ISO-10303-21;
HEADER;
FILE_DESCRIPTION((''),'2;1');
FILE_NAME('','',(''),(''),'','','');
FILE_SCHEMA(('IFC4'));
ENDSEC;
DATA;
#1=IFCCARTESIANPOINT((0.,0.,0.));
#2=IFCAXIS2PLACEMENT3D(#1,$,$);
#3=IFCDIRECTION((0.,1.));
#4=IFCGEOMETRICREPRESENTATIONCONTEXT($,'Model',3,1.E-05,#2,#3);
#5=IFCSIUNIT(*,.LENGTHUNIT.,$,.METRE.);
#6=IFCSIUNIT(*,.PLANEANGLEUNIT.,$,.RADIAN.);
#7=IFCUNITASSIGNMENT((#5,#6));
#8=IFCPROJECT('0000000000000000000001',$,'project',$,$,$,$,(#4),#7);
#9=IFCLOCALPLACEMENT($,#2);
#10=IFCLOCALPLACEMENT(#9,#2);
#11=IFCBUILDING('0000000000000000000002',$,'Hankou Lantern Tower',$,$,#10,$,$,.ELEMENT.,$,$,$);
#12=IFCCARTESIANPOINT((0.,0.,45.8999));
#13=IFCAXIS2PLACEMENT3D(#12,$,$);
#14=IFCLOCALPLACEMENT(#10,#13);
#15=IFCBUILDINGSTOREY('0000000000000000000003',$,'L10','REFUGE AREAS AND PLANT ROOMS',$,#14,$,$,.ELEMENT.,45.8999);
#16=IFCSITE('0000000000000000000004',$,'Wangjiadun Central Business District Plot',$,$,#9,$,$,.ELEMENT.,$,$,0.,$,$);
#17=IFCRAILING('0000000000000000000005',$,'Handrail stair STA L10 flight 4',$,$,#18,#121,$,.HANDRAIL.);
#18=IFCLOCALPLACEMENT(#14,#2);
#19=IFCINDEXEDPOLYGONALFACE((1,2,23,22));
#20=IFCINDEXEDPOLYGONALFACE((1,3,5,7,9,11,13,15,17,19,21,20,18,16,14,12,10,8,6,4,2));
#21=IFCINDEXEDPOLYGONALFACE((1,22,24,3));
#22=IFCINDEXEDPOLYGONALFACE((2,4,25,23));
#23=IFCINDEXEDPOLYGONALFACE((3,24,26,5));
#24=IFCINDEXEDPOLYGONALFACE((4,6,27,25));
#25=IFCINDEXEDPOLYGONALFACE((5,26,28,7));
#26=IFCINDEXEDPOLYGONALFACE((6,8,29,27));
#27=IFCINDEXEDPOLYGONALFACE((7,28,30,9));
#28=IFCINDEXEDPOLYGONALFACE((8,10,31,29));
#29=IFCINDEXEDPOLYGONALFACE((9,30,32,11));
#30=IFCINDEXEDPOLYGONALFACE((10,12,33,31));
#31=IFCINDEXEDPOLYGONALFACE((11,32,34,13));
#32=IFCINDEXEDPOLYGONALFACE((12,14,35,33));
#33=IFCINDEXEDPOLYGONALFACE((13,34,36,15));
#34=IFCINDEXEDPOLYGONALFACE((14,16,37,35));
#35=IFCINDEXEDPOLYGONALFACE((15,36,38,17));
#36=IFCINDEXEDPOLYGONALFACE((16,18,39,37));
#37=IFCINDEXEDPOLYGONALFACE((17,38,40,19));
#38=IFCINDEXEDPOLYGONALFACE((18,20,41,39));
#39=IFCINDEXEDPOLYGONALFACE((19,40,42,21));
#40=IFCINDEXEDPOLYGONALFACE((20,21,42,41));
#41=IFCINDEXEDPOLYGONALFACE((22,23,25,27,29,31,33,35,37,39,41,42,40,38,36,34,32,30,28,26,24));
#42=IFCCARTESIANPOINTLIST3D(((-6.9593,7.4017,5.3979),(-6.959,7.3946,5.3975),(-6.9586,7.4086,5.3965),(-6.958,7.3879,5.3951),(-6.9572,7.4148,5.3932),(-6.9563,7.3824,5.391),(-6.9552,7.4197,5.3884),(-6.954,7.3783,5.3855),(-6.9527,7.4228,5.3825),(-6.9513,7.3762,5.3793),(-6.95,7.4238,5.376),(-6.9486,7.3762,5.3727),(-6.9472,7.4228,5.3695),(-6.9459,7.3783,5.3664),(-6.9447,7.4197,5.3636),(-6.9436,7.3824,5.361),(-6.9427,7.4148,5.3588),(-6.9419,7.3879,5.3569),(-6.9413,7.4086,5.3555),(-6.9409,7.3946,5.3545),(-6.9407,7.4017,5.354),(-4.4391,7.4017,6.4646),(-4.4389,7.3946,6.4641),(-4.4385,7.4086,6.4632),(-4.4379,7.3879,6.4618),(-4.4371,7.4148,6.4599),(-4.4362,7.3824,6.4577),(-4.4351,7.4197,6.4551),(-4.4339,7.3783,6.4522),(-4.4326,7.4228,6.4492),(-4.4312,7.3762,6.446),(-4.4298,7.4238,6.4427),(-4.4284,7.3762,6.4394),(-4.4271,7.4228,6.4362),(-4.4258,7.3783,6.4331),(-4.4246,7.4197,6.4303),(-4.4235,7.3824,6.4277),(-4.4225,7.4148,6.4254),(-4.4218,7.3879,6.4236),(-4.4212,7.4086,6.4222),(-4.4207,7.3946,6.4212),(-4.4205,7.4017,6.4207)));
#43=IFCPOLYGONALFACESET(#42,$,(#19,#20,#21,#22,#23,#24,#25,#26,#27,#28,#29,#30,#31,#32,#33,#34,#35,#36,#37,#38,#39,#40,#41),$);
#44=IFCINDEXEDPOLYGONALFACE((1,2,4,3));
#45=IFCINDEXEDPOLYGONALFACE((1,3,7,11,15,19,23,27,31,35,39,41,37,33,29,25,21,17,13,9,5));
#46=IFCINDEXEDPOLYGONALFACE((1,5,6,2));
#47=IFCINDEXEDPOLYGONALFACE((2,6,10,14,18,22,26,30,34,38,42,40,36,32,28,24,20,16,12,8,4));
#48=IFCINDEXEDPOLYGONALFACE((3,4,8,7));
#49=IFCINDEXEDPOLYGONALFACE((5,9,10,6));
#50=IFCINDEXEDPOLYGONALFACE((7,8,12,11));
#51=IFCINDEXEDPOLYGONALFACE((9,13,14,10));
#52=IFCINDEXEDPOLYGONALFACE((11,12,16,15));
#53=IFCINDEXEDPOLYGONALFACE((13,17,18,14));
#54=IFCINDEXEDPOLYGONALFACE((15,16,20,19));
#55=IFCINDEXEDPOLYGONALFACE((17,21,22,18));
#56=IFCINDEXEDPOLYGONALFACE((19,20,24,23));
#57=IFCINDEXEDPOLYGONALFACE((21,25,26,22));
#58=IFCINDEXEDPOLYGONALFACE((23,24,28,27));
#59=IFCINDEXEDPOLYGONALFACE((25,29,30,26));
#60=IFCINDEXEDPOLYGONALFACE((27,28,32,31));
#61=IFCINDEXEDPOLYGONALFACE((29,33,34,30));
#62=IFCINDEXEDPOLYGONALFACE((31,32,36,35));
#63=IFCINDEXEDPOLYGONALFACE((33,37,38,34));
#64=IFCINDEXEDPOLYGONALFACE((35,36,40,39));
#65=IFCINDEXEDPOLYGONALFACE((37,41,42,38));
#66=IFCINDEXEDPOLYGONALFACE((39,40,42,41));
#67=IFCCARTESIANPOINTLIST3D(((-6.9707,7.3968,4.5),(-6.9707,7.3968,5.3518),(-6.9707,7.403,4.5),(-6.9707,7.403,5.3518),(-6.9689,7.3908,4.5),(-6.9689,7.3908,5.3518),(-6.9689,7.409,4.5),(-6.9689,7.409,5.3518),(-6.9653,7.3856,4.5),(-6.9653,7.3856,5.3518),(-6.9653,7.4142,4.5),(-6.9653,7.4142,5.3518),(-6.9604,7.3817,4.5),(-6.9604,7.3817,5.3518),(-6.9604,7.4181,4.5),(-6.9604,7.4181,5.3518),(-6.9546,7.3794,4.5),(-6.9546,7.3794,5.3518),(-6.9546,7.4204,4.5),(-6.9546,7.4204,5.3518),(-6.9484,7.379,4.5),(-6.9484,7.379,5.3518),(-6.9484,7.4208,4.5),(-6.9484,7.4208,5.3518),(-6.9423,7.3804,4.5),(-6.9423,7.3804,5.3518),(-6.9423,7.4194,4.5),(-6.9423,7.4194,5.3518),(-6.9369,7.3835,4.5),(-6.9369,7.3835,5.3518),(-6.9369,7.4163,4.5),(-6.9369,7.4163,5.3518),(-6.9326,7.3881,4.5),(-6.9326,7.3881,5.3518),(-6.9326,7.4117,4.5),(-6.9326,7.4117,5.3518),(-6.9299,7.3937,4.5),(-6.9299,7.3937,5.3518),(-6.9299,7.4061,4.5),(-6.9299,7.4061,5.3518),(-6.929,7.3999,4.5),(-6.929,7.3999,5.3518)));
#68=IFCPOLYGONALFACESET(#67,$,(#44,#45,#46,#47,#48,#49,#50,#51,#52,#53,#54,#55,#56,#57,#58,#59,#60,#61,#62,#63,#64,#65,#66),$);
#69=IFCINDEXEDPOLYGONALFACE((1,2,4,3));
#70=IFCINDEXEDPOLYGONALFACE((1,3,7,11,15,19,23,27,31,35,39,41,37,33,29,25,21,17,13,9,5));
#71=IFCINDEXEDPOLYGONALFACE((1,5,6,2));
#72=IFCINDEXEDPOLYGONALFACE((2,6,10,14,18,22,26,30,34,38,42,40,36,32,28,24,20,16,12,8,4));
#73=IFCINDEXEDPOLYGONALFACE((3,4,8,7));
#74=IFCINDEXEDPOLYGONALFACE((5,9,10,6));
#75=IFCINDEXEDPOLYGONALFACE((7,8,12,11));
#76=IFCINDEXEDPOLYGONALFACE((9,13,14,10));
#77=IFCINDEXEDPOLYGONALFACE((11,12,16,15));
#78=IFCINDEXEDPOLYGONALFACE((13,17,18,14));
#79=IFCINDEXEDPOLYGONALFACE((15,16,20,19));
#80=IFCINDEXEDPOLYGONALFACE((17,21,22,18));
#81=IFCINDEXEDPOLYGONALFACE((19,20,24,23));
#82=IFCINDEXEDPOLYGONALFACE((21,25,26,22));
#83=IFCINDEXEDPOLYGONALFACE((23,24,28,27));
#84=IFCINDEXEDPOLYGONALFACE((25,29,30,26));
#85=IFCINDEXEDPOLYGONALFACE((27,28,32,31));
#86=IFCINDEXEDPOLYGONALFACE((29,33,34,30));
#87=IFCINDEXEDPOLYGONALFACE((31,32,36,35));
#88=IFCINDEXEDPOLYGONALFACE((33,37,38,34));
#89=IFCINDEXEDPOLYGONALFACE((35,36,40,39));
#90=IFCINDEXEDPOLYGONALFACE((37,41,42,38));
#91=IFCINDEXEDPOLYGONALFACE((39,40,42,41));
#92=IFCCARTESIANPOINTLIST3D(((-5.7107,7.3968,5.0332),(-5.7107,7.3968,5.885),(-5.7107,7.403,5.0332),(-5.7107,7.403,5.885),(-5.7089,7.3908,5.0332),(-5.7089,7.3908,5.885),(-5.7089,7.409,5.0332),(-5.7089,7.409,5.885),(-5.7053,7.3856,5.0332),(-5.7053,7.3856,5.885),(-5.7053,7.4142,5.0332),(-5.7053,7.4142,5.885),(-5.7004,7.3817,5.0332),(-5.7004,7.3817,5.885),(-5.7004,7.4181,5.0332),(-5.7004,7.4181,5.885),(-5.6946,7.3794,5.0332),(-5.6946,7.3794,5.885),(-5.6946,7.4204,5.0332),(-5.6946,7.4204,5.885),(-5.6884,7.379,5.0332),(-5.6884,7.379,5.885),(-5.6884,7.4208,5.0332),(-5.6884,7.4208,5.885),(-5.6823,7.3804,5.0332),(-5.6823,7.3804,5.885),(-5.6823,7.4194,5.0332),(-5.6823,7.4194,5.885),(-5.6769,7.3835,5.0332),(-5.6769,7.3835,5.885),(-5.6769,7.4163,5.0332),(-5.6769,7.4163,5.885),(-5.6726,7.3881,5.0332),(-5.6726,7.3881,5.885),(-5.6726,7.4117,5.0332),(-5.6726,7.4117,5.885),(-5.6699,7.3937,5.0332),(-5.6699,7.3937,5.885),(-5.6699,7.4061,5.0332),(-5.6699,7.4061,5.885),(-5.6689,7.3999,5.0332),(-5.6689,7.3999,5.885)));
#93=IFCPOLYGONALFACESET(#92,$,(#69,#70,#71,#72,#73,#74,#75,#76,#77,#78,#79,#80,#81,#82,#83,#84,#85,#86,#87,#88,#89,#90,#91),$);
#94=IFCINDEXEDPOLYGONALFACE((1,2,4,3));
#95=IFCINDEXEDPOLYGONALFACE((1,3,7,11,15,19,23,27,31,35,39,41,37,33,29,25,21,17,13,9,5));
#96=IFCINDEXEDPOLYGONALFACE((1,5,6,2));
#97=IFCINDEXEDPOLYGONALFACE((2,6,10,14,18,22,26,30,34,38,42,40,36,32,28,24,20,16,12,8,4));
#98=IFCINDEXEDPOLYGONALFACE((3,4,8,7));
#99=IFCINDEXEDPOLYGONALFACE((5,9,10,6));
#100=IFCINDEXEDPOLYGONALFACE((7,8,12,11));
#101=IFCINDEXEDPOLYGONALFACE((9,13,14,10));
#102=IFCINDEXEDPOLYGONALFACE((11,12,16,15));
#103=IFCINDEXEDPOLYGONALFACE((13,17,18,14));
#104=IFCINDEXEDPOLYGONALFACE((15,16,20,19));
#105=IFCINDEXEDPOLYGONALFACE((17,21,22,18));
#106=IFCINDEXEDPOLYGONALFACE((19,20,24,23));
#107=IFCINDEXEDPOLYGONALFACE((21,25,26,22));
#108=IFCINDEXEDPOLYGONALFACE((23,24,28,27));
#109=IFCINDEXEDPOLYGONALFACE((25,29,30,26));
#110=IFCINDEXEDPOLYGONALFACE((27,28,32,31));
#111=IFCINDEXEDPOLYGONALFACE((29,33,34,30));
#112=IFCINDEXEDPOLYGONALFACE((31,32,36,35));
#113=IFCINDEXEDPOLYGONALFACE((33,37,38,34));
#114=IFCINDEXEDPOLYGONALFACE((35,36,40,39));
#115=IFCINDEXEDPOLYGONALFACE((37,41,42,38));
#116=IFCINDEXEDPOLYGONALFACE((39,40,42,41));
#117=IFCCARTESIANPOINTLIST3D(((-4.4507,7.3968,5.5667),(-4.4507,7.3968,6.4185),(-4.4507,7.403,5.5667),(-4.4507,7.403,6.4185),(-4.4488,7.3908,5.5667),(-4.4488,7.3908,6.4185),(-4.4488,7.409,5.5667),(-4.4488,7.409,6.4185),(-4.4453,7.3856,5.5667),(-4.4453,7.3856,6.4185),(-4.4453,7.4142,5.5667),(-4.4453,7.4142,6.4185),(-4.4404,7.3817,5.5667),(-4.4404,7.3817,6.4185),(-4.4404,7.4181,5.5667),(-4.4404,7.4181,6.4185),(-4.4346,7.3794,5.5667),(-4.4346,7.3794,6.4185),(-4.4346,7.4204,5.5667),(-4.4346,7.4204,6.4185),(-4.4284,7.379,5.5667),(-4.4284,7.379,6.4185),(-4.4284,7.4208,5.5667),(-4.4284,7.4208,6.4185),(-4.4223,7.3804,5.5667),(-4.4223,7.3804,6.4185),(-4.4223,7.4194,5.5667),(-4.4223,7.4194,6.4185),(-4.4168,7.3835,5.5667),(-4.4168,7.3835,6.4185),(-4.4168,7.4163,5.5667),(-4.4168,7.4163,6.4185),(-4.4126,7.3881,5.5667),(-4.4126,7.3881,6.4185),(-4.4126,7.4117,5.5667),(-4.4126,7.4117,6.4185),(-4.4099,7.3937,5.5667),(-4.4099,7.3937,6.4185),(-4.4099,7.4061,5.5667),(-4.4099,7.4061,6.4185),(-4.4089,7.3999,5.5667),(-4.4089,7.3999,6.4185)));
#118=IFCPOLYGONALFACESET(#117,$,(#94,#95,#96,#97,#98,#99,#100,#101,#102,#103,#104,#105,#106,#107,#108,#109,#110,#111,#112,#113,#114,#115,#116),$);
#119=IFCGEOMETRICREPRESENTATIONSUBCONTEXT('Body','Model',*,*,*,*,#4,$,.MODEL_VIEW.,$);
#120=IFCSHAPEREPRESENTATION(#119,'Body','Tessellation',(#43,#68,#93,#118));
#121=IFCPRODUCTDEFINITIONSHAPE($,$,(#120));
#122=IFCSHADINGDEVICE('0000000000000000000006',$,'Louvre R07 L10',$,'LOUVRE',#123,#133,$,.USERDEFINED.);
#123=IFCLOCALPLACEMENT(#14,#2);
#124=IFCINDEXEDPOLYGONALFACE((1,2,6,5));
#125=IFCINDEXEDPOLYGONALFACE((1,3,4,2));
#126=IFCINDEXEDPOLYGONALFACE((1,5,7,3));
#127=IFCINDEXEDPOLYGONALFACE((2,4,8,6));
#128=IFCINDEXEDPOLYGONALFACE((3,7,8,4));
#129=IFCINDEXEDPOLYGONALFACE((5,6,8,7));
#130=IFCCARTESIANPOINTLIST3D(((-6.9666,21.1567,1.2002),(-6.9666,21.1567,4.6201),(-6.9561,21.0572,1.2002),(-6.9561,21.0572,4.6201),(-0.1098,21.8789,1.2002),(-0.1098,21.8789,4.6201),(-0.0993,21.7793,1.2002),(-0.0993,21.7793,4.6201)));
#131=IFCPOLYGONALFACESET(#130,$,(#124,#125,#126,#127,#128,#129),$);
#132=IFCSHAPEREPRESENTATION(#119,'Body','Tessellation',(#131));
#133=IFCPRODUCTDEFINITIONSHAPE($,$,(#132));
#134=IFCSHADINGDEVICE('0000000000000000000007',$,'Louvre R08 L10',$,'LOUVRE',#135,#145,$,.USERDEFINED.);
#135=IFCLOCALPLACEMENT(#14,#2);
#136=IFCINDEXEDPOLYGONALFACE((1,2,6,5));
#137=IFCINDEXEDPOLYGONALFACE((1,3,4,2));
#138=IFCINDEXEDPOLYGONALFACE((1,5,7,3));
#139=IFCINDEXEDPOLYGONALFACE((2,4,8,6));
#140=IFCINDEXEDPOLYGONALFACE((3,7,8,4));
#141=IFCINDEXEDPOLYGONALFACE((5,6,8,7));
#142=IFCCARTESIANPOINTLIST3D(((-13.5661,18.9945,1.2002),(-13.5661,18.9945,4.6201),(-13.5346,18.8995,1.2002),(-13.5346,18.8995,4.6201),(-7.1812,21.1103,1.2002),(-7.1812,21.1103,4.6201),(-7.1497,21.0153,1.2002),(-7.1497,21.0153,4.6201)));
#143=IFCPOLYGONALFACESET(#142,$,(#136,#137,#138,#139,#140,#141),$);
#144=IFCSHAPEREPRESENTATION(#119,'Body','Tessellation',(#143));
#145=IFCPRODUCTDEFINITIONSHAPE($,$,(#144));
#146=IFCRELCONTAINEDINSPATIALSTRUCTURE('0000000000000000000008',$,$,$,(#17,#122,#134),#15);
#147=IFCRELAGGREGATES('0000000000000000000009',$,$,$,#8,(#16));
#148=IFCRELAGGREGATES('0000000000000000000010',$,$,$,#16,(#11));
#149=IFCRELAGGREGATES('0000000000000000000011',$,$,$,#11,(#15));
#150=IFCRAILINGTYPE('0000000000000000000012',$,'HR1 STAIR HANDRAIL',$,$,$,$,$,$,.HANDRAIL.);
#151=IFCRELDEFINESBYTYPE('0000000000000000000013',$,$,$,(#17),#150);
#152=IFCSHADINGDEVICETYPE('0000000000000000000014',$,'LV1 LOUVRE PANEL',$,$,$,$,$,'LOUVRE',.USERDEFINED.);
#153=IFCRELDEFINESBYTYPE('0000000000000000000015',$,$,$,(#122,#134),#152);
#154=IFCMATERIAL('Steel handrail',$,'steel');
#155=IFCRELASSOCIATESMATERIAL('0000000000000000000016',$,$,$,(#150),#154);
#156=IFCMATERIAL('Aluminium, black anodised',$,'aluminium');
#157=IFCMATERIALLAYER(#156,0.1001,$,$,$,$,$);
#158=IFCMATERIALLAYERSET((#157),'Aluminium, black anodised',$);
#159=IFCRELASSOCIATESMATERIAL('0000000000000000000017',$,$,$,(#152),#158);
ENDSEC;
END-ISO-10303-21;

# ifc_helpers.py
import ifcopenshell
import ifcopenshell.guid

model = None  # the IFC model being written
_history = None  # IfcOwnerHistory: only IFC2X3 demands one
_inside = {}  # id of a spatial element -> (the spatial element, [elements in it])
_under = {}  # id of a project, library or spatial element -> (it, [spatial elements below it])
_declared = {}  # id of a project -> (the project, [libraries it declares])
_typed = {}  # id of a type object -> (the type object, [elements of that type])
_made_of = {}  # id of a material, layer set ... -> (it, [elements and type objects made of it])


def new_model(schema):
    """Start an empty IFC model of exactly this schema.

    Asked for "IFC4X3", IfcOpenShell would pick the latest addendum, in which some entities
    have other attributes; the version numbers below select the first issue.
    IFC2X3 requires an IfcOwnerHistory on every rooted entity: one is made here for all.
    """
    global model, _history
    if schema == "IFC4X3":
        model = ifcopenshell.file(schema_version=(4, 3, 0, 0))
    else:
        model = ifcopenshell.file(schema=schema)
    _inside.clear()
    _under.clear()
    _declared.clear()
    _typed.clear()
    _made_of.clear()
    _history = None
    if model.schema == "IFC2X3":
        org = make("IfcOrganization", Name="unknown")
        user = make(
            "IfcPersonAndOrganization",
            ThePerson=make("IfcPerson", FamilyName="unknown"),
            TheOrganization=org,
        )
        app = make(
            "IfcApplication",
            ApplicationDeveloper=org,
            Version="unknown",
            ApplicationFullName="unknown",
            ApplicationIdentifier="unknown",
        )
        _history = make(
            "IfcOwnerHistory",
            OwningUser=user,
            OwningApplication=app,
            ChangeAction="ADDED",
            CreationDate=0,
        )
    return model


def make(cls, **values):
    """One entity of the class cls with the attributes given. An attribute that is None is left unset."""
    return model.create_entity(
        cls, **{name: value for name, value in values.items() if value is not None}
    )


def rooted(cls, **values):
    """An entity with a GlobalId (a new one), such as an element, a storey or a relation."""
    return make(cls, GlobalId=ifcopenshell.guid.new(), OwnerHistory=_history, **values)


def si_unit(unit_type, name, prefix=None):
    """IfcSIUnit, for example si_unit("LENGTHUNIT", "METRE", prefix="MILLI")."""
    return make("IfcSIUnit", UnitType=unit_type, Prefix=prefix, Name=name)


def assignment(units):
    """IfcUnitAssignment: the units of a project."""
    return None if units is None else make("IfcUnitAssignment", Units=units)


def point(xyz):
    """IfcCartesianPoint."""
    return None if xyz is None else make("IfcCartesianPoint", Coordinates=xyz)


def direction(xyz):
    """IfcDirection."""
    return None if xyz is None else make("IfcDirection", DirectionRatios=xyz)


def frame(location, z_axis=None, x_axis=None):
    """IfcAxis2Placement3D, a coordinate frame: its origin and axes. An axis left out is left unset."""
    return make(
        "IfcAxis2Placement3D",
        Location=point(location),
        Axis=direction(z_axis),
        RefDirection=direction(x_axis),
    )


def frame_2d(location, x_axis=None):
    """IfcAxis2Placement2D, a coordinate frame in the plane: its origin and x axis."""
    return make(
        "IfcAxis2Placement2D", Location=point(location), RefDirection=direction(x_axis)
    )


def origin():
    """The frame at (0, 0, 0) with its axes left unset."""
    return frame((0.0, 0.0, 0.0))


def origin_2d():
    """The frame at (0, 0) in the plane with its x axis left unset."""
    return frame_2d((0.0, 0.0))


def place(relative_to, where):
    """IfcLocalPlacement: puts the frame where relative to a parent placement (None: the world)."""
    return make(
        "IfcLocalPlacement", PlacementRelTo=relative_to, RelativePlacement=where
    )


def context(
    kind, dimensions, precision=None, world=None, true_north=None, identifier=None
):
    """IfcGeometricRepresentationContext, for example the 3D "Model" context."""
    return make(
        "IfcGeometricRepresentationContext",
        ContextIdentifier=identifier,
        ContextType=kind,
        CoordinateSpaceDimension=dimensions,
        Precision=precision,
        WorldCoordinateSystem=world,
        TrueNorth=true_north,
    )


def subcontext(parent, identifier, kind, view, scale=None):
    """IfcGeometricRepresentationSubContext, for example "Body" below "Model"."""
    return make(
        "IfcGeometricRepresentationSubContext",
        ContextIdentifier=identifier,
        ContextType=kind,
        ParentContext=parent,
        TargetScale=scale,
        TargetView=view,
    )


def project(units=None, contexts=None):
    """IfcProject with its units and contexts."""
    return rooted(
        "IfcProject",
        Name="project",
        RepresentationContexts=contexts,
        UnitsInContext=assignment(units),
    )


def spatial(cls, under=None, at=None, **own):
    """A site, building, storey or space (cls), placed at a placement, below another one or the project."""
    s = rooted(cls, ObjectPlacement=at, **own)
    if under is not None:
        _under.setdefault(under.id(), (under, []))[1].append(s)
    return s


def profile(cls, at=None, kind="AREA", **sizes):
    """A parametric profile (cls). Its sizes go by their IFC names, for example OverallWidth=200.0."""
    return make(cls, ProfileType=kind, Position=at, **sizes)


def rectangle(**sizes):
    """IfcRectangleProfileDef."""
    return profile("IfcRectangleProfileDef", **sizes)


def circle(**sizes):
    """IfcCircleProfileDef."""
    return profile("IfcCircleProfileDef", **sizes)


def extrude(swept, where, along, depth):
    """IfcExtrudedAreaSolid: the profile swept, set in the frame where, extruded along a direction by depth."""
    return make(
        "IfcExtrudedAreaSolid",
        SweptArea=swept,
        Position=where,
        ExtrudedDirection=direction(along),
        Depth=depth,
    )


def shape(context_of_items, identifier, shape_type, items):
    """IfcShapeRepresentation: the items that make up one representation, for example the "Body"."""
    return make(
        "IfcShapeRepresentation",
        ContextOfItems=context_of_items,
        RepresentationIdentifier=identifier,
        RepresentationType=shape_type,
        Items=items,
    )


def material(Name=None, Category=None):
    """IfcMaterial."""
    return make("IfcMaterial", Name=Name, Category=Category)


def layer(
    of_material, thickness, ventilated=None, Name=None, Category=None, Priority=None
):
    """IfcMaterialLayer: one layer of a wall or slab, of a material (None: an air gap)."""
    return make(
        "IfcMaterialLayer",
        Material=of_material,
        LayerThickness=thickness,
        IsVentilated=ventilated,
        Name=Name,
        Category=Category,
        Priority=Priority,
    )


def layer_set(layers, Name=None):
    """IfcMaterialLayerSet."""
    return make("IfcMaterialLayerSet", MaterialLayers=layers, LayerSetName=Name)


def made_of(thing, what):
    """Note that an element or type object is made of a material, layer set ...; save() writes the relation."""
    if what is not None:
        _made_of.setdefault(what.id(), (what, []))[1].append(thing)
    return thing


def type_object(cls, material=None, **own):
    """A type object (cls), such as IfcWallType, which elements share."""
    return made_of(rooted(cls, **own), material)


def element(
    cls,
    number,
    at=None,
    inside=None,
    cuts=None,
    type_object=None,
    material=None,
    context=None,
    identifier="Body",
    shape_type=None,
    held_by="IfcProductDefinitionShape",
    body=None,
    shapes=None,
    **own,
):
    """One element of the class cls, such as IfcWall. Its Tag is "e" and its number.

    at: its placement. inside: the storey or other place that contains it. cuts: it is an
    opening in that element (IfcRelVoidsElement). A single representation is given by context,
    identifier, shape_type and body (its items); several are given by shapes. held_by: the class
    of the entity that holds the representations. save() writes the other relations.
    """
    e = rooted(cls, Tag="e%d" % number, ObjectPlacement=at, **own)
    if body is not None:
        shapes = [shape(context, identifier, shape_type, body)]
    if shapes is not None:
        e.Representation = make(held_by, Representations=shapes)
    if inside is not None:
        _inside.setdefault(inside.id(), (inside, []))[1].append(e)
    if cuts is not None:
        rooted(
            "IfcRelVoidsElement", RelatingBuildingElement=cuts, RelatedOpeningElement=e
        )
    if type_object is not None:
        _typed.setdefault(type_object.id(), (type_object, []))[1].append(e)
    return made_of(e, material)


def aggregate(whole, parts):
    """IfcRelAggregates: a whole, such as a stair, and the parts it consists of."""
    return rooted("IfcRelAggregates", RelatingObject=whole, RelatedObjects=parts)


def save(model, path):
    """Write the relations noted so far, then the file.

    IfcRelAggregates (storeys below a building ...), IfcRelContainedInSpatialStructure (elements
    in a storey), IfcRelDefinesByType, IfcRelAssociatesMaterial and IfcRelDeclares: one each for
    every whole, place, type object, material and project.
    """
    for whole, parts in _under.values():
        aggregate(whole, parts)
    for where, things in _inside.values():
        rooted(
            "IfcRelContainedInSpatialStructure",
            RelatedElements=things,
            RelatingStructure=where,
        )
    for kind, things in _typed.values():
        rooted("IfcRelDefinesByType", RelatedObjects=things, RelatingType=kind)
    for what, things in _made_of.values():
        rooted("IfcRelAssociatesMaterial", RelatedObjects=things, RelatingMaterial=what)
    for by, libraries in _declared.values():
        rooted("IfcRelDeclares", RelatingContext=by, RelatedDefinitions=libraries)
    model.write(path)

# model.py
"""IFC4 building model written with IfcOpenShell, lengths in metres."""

from ifc_helpers import new_model, si_unit, direction, frame, origin, origin_2d, place, context, subcontext, project, spatial, rectangle, circle, extrude, material, layer, layer_set, type_object, element, save


model = new_model("IFC4")

# Units and contexts
model_context = context("Model", 3, precision=1e-05, world=origin(), true_north=direction((0.0, 1.0)))
body_context = subcontext(model_context, "Body", "Model", "MODEL_VIEW")
ifc_project = project(units=[si_unit("LENGTHUNIT", "METRE"), si_unit("PLANEANGLEUNIT", "RADIAN")], contexts=[model_context])

# Site, building, storey
site_placement = place(None, origin())
site = spatial("IfcSite", under=ifc_project, at=site_placement, Name="Wangjiadun Central Business District Plot", CompositionType="ELEMENT", RefElevation=0.0)
building_placement = place(site_placement, origin())
building = spatial("IfcBuilding", under=site, at=building_placement, Name="Hankou Lantern Tower", CompositionType="ELEMENT")
storey_placement = place(building_placement, frame((0.0, 0.0, 45.8999)))
storey = spatial("IfcBuildingStorey", under=building, at=storey_placement, Name="L10", Description="REFUGE AREAS AND PLANT ROOMS", CompositionType="ELEMENT", Elevation=45.8999)

# Railing
ifc_material_1 = material(Name="Steel handrail", Category="steel")
railing_type = type_object("IfcRailingType", Name="HR1 STAIR HANDRAIL", PredefinedType="HANDRAIL", material=ifc_material_1)
railing_1_placement = place(storey_placement, frame((-6.95, 7.3999, 4.5)))
element("IfcRailing", 1, at=railing_1_placement, inside=storey, type_object=railing_type, Name="Handrail stair STA L10 flight 4", PredefinedType="HANDRAIL", context=body_context, shape_type="SweptSolid", body=[
    extrude(circle(Radius=0.0239, at=origin_2d()), frame((0.0, 0.0, 0.876), z_axis=(0.920903, 0.0, 0.389791), x_axis=(0.0, 1.0, 0.0)), (0.0, 0.0, 1.0), 2.7366),
    extrude(circle(Radius=0.021, at=origin_2d()), origin(), (0.0, 0.0, 1.0), 0.8518),
    extrude(circle(Radius=0.021, at=origin_2d()), frame((1.26, 0.0, 0.5332)), (0.0, 0.0, 1.0), 0.8518),
    extrude(circle(Radius=0.021, at=origin_2d()), frame((2.52, 0.0, 1.0667)), (0.0, 0.0, 1.0), 0.8518),
])

# Shading devices
ifc_material_2 = material(Name="Aluminium, black anodised", Category="aluminium")
ifc_layer_1 = layer(ifc_material_2, 0.1001)
ifc_layer_set_1 = layer_set([ifc_layer_1], Name="Aluminium, black anodised")
shading_device_type = type_object("IfcShadingDeviceType", Name="LV1 LOUVRE PANEL", ElementType="LOUVRE", PredefinedType="USERDEFINED", material=ifc_layer_set_1)
shading_device_1_placement = place(storey_placement, frame((-3.533, 21.468, 1.2002), z_axis=(0.0, 0.0, 1.0), x_axis=(-0.994499, -0.104743, 0.0)))
element("IfcShadingDevice", 2, at=shading_device_1_placement, inside=storey, type_object=shading_device_type, Name="Louvre R07 L10", ObjectType="LOUVRE", PredefinedType="USERDEFINED", context=body_context, shape_type="SweptSolid", body=[
    extrude(rectangle(XDim=6.8948, YDim=0.1001, at=origin_2d()), origin(), (0.0, 0.0, 1.0), 3.4199),
])
shading_device_2_placement = place(storey_placement, frame((-10.3579, 20.0049, 1.2002), z_axis=(0.0, 0.0, 1.0), x_axis=(-0.949241, -0.314551, 0.0)))
element("IfcShadingDevice", 3, at=shading_device_2_placement, inside=storey, type_object=shading_device_type, Name="Louvre R08 L10", ObjectType="LOUVRE", PredefinedType="USERDEFINED", context=body_context, shape_type="SweptSolid", body=[
    extrude(rectangle(XDim=6.7263, YDim=0.1001, at=origin_2d()), origin(), (0.0, 0.0, 1.0), 3.4199),
])

save(model, "model.ifc")
